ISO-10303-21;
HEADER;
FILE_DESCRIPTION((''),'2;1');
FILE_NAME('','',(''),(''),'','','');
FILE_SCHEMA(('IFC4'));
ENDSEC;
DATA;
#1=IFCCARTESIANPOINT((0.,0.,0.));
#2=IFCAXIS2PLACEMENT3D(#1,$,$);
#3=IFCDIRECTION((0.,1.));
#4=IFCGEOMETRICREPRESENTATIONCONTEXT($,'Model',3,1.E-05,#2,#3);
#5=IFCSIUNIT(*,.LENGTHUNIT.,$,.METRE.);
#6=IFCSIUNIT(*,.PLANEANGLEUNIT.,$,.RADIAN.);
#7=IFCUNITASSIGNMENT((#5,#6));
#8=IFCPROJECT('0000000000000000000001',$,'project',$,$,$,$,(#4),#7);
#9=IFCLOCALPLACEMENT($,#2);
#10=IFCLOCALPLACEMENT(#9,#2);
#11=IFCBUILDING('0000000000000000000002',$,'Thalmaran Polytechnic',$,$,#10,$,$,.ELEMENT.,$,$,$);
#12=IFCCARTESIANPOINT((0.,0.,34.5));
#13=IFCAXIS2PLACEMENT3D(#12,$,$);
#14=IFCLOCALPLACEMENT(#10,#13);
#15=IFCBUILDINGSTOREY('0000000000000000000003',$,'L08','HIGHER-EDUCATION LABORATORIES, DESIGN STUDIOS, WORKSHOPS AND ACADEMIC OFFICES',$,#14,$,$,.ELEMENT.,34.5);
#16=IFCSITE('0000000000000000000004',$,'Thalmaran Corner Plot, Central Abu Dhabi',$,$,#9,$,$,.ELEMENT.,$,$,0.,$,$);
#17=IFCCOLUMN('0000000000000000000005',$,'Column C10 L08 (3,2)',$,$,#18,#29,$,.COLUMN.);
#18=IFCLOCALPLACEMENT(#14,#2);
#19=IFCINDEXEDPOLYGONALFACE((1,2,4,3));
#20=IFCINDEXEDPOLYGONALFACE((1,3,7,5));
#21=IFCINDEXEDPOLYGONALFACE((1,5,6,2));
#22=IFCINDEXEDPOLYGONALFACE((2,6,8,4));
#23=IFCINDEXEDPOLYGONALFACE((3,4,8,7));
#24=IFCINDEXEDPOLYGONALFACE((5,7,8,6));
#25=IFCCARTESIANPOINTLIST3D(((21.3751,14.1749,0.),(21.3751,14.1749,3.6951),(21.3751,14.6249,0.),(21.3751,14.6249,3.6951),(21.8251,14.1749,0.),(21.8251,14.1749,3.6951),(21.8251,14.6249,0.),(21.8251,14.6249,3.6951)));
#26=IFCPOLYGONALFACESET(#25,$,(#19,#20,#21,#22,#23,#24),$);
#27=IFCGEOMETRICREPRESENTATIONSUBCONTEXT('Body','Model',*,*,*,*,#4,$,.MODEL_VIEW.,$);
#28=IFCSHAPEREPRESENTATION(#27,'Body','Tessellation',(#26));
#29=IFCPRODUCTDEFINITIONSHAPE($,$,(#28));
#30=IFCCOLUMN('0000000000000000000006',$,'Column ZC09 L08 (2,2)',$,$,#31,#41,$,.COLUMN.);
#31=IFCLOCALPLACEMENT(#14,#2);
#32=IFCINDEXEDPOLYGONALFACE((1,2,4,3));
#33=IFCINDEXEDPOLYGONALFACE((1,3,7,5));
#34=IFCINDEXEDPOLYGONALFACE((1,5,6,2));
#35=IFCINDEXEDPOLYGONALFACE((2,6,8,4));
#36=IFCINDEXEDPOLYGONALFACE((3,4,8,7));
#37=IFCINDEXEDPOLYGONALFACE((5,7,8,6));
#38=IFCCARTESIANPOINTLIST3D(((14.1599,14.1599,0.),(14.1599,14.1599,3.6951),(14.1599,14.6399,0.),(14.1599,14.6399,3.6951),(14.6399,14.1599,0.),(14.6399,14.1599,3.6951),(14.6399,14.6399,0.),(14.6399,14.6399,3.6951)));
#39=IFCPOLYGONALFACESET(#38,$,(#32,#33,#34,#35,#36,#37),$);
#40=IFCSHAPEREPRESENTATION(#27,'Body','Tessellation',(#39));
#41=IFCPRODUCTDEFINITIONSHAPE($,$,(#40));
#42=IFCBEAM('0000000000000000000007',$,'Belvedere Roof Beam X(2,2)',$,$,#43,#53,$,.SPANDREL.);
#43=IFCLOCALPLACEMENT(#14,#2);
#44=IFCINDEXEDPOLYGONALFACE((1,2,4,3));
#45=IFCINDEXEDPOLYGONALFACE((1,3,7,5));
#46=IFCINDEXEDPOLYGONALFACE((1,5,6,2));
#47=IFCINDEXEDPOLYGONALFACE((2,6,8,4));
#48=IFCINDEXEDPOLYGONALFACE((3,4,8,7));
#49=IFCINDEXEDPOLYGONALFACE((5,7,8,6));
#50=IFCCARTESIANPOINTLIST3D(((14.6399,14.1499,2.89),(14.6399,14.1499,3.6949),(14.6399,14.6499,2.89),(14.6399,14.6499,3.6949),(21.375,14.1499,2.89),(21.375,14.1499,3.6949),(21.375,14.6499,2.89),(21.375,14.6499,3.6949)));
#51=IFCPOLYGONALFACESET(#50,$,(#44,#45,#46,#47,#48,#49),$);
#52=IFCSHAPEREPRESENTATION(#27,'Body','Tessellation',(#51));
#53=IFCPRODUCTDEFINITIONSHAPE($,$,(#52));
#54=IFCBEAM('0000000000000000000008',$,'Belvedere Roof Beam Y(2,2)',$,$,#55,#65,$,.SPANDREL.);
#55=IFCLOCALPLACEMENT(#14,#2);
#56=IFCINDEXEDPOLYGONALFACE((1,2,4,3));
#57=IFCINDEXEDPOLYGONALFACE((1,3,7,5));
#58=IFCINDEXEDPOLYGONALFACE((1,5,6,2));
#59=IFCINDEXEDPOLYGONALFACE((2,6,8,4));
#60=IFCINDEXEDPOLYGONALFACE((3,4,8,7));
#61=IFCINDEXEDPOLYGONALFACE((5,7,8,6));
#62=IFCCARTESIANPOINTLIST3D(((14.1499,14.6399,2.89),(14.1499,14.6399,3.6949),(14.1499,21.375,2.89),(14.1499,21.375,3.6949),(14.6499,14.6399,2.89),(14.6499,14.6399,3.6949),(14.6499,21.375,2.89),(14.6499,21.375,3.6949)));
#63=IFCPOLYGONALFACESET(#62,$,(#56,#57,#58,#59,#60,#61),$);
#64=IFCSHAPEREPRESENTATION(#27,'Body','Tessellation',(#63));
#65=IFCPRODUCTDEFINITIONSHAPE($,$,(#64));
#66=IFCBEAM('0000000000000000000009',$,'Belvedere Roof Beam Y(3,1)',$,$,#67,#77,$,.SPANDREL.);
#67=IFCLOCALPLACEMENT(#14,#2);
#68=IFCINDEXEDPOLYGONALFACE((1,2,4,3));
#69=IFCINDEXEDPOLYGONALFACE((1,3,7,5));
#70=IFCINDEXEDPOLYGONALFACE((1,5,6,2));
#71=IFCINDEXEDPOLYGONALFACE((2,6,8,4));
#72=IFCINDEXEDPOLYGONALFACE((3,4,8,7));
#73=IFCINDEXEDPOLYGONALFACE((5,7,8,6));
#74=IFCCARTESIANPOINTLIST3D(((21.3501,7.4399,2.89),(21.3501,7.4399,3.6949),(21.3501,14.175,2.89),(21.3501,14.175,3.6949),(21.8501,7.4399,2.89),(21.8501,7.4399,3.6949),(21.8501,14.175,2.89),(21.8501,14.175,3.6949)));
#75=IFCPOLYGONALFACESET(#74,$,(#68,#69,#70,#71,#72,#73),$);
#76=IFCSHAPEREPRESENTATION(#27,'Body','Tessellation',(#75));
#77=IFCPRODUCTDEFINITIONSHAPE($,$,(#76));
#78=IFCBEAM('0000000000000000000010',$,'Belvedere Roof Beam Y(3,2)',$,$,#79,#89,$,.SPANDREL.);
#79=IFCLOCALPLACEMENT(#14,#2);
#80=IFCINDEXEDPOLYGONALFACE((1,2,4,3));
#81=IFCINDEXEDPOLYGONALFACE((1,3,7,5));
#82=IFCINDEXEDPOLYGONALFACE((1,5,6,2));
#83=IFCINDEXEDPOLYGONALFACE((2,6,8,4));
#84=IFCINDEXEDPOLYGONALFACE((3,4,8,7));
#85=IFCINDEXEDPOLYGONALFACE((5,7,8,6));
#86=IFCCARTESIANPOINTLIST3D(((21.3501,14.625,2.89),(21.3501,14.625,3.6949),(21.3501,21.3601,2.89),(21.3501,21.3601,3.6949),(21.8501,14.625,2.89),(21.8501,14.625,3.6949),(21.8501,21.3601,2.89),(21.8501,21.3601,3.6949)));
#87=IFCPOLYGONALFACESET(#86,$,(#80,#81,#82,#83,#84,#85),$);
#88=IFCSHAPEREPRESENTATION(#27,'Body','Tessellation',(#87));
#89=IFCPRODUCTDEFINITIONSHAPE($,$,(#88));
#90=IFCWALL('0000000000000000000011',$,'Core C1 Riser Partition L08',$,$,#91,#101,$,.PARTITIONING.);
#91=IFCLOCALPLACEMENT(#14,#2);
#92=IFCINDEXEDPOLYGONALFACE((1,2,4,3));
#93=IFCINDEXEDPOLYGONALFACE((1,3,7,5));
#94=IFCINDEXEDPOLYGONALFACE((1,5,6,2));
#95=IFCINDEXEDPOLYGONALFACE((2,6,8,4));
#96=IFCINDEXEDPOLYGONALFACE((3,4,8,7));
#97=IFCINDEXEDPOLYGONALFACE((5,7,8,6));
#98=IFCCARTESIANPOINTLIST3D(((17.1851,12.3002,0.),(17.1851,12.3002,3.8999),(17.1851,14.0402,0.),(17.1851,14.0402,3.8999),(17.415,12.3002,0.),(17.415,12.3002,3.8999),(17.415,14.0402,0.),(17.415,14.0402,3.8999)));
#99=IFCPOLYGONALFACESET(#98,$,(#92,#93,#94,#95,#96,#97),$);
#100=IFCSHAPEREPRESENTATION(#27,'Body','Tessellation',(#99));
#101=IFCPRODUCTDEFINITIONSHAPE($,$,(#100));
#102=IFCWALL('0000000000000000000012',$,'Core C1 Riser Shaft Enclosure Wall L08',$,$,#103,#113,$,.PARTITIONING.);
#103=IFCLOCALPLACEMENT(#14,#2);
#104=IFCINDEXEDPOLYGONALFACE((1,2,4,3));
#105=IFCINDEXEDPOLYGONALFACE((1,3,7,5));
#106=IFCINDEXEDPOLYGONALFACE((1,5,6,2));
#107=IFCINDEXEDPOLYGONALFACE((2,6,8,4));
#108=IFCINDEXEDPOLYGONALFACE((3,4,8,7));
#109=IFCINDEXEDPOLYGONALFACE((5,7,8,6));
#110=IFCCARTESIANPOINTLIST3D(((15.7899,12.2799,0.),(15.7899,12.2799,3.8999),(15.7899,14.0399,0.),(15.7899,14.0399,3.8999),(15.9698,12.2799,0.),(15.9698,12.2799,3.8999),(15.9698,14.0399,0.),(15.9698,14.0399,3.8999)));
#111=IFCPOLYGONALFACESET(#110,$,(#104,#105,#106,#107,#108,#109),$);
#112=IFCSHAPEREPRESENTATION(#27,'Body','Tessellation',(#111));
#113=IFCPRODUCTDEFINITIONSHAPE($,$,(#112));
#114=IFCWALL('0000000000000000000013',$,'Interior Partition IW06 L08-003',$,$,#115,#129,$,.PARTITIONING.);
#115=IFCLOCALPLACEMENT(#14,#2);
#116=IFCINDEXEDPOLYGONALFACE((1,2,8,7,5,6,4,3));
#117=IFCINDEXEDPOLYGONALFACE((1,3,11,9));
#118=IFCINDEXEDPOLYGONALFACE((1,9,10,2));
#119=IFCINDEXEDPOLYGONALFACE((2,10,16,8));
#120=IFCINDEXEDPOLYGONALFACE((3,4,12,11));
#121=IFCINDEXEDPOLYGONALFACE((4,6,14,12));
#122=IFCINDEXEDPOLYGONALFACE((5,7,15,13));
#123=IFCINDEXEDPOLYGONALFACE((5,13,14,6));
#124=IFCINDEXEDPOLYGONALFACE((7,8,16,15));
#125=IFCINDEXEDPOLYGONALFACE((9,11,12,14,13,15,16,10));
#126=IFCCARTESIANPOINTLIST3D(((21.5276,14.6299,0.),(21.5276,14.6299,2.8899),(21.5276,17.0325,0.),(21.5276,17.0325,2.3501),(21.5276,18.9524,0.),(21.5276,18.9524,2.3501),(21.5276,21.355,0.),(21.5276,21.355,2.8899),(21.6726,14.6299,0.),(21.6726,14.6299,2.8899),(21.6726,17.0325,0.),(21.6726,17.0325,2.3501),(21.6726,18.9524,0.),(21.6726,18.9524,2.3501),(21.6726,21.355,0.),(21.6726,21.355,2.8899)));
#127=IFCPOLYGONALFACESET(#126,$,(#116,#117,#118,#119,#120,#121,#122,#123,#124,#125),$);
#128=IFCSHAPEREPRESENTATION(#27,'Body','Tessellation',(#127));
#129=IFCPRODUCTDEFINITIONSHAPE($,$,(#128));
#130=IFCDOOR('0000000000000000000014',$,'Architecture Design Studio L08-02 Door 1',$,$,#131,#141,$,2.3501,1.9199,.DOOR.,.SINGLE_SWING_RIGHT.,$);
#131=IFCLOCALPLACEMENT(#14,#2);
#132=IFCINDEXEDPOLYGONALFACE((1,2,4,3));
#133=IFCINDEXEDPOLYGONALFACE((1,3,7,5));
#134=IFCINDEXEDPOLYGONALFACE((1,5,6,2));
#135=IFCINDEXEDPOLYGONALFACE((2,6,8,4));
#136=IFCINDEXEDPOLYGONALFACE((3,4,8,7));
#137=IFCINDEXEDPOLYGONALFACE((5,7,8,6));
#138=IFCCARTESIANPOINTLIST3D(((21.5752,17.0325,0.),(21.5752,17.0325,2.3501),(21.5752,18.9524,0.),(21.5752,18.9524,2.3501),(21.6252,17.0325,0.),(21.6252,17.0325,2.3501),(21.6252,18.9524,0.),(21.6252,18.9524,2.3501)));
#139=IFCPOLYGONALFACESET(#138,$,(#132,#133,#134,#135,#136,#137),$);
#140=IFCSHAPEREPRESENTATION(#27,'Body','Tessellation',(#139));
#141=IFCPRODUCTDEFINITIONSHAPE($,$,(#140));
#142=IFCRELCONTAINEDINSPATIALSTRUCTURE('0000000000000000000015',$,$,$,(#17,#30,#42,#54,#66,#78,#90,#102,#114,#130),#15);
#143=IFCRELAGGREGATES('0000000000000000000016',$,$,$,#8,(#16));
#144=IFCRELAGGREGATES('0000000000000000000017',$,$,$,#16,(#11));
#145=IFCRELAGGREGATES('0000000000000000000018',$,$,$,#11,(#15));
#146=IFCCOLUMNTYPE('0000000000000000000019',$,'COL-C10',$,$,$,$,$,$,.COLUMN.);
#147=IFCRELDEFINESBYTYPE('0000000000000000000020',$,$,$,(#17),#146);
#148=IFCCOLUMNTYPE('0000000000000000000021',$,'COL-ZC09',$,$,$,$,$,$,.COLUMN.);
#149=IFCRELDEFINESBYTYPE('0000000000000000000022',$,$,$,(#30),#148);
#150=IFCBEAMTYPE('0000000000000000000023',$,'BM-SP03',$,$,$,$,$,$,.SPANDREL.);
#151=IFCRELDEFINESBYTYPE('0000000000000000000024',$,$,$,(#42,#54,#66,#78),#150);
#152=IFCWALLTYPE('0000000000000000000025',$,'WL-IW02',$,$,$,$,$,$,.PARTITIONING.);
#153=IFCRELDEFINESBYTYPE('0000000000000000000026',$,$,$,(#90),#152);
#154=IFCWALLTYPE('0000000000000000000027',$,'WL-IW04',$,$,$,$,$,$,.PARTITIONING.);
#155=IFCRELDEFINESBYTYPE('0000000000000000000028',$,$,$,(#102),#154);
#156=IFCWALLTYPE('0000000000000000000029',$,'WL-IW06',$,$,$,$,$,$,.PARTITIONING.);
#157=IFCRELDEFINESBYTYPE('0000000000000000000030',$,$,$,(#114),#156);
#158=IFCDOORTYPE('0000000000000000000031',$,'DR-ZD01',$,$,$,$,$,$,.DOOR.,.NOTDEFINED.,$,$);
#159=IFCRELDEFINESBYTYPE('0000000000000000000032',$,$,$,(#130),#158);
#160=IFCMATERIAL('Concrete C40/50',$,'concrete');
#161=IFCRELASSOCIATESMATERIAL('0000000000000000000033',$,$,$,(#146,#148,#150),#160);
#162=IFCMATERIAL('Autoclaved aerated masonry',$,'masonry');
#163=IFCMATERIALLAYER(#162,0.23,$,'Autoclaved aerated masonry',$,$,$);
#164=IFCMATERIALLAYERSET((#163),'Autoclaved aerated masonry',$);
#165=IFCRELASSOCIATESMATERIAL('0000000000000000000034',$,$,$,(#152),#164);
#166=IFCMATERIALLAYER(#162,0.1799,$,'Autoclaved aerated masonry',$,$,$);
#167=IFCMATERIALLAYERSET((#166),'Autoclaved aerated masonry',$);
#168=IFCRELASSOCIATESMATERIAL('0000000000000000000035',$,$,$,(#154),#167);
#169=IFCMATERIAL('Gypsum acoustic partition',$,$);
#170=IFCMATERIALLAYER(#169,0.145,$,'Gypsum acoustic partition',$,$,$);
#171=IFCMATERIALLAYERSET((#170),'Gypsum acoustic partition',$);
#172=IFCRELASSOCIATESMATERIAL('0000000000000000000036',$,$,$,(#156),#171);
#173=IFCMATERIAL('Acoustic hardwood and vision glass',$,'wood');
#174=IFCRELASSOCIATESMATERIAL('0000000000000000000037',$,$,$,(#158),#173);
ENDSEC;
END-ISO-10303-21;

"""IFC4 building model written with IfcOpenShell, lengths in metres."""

from ifc_helpers import new_model, si_unit, direction, frame, frame_2d, origin, origin_2d, place, context, subcontext, project, spatial, rectangle, extrude, material, layer, layer_set, material_profile, profile_set, type_object, element, fill, save


model = new_model("IFC4")

# Units and contexts
model_context = context("Model", 3, precision=1e-05, world=origin(), true_north=direction((0.0, 1.0)))
body_context = subcontext(model_context, "Body", "Model", "MODEL_VIEW")
ifc_project = project(units=[si_unit("LENGTHUNIT", "METRE"), si_unit("PLANEANGLEUNIT", "RADIAN")], contexts=[model_context])

# Site, building, storey
site_placement = place(None, origin())
site = spatial("IfcSite", under=ifc_project, at=site_placement, Name="Thalmaran Corner Plot, Central Abu Dhabi", CompositionType="ELEMENT", RefElevation=0.0)
building_placement = place(site_placement, origin())
building = spatial("IfcBuilding", under=site, at=building_placement, Name="Thalmaran Polytechnic", CompositionType="ELEMENT")
storey_placement = place(building_placement, frame((0.0, 0.0, 34.5)))
storey = spatial("IfcBuildingStorey", under=building, at=storey_placement, Name="L08", Description="HIGHER-EDUCATION LABORATORIES, DESIGN STUDIOS, WORKSHOPS AND ACADEMIC OFFICES", CompositionType="ELEMENT", Elevation=34.5)

# Columns
ifc_material_1 = material(Name="Concrete C40/50", Category="concrete")
ifc_material_profile_1 = material_profile(ifc_material_1, rectangle(XDim=0.45, YDim=0.45, at=origin_2d()), Name="RC 450x450")
ifc_profile_set_1 = profile_set([ifc_material_profile_1], Name="Concrete C40/50")
column_type_1 = type_object("IfcColumnType", Name="COL-C10", PredefinedType="COLUMN", material=ifc_profile_set_1)
column_1_placement = place(storey_placement, frame((21.6001, 14.3999, 0.0), z_axis=(0.0, 0.0, 1.0), x_axis=(1.0, 0.0, 0.0)))
element("IfcColumn", 1, at=column_1_placement, inside=storey, type_object=column_type_1, Name="Column C10 L08 (3,2)", PredefinedType="COLUMN", context=body_context, shape_type="SweptSolid", body=[
    extrude(rectangle(XDim=0.45, YDim=0.45, at=origin_2d()), origin(), (0.0, 0.0, 1.0), 3.6951),
])
ifc_material_profile_2 = material_profile(ifc_material_1, rectangle(XDim=0.48, YDim=0.48, at=origin_2d()), Name="RC 480x480")
ifc_profile_set_2 = profile_set([ifc_material_profile_2], Name="Concrete C40/50")
column_type_2 = type_object("IfcColumnType", Name="COL-ZC09", PredefinedType="COLUMN", material=ifc_profile_set_2)
column_2_placement = place(storey_placement, frame((14.3999, 14.3999, 0.0), z_axis=(0.0, 0.0, 1.0), x_axis=(1.0, 0.0, 0.0)))
element("IfcColumn", 2, at=column_2_placement, inside=storey, type_object=column_type_2, Name="Column ZC09 L08 (2,2)", PredefinedType="COLUMN", context=body_context, shape_type="SweptSolid", body=[
    extrude(rectangle(XDim=0.48, YDim=0.48, at=origin_2d()), origin(), (0.0, 0.0, 1.0), 3.6951),
])

# Beams
ifc_material_profile_3 = material_profile(ifc_material_1, rectangle(XDim=0.5, YDim=0.8049, at=origin_2d()), Name="RC 500x805")
ifc_profile_set_3 = profile_set([ifc_material_profile_3], Name="Concrete C40/50")
beam_type = type_object("IfcBeamType", Name="BM-SP03", PredefinedType="SPANDREL", material=ifc_profile_set_3)
for number, where, z_axis, x_axis, name in (
    (3, (14.6399, 14.3999, 3.2925), (1.0, 0.0, 0.0), (0.0, 1.0, 0.0), "Belvedere Roof Beam X(2,2)"),
    (4, (14.3999, 14.6399, 3.2925), (0.0, 1.0, 0.0), (-1.0, 0.0, 0.0), "Belvedere Roof Beam Y(2,2)"),
    (5, (21.6001, 7.4399, 3.2925), (0.0, 1.0, 0.0), (-1.0, 0.0, 0.0), "Belvedere Roof Beam Y(3,1)"),
    (6, (21.6001, 14.625, 3.2925), (0.0, 1.0, 0.0), (-1.0, 0.0, 0.0), "Belvedere Roof Beam Y(3,2)"),
):
    element("IfcBeam", number, at=place(storey_placement, frame(where, z_axis=z_axis, x_axis=x_axis)), inside=storey, type_object=beam_type, Name=name, PredefinedType="SPANDREL", context=body_context, shape_type="SweptSolid", body=[
        extrude(rectangle(XDim=0.5, YDim=0.8049, at=origin_2d()), origin(), (0.0, 0.0, 1.0), 6.7351),
    ])

# Walls
ifc_material_2 = material(Name="Autoclaved aerated masonry", Category="masonry")
ifc_layer_1 = layer(ifc_material_2, 0.23, Name="Autoclaved aerated masonry")
ifc_layer_set_1 = layer_set([ifc_layer_1], Name="Autoclaved aerated masonry")
wall_type_1 = type_object("IfcWallType", Name="WL-IW02", PredefinedType="PARTITIONING", material=ifc_layer_set_1)
wall_1_placement = place(storey_placement, frame((17.3, 12.3, 0.0), z_axis=(0.0, 0.0, 1.0), x_axis=(0.0, 1.0, 0.0)))
element("IfcWall", 7, at=wall_1_placement, inside=storey, type_object=wall_type_1, Name="Core C1 Riser Partition L08", PredefinedType="PARTITIONING", context=body_context, shape_type="SweptSolid", body=[
    extrude(rectangle(XDim=1.74, YDim=0.23, at=frame_2d((0.8701, 0.0))), origin(), (0.0, 0.0, 1.0), 3.8999),
])
ifc_layer_2 = layer(ifc_material_2, 0.1799, Name="Autoclaved aerated masonry")
ifc_layer_set_2 = layer_set([ifc_layer_2], Name="Autoclaved aerated masonry")
wall_type_2 = type_object("IfcWallType", Name="WL-IW04", PredefinedType="PARTITIONING", material=ifc_layer_set_2)
wall_2_placement = place(storey_placement, frame((15.8799, 12.28, 0.0), z_axis=(0.0, 0.0, 1.0), x_axis=(0.0, 1.0, 0.0)))
element("IfcWall", 8, at=wall_2_placement, inside=storey, type_object=wall_type_2, Name="Core C1 Riser Shaft Enclosure Wall L08", PredefinedType="PARTITIONING", context=body_context, shape_type="SweptSolid", body=[
    extrude(rectangle(XDim=1.76, YDim=0.1799, at=frame_2d((0.8799, 0.0))), origin(), (0.0, 0.0, 1.0), 3.8999),
])

# Wall, opening, door
ifc_material_3 = material(Name="Gypsum acoustic partition")
ifc_layer_3 = layer(ifc_material_3, 0.145, Name="Gypsum acoustic partition")
ifc_layer_set_3 = layer_set([ifc_layer_3], Name="Gypsum acoustic partition")
wall_type_3 = type_object("IfcWallType", Name="WL-IW06", PredefinedType="PARTITIONING", material=ifc_layer_set_3)
wall_3_placement = place(storey_placement, frame((21.6001, 14.6299, 0.0), z_axis=(0.0, 0.0, 1.0), x_axis=(0.0, 1.0, 0.0)))
wall_3 = element("IfcWall", 9, at=wall_3_placement, inside=storey, type_object=wall_type_3, Name="Interior Partition IW06 L08-003", PredefinedType="PARTITIONING", context=body_context, shape_type="SweptSolid", body=[
    extrude(rectangle(XDim=6.7251, YDim=0.145, at=frame_2d((3.3625, 0.0))), origin(), (0.0, 0.0, 1.0), 2.8899),
])
opening_1_placement = place(wall_3_placement, frame((2.4026, 0.0, 0.0)))
opening_1 = element("IfcOpeningElement", 10, at=opening_1_placement, cuts=wall_3, PredefinedType="OPENING", context=body_context, shape_type="SweptSolid", body=[
    extrude(rectangle(XDim=1.9199, YDim=2.3501, at=frame_2d((0.96, 1.175))), frame((0.0, 0.0825, 0.0), z_axis=(0.0, -1.0, 0.0), x_axis=(1.0, 0.0, 0.0)), (0.0, 0.0, 1.0), 0.165),
])
ifc_material_4 = material(Name="Acoustic hardwood and vision glass", Category="wood")
door_type_1 = type_object("IfcDoorType", Name="DR-ZD01", OperationType="NOTDEFINED", PredefinedType="DOOR", material=ifc_material_4)
door_1_placement = place(opening_1_placement, origin())
door_1 = element("IfcDoor", 11, at=door_1_placement, inside=storey, type_object=door_type_1, Name="Architecture Design Studio L08-02 Door 1", OperationType="SINGLE_SWING_RIGHT", OverallHeight=2.3501, OverallWidth=1.9199, PredefinedType="DOOR", context=body_context, shape_type="SweptSolid", body=[
    extrude(rectangle(XDim=1.9199, YDim=2.3501, at=frame_2d((0.96, 1.175))), frame((0.0, 0.0249, 0.0), z_axis=(0.0, -1.0, 0.0), x_axis=(1.0, 0.0, 0.0)), (0.0, 0.0, 1.0), 0.05),
])
fill(opening_1, door_1)

save(model, "model.ifc")
